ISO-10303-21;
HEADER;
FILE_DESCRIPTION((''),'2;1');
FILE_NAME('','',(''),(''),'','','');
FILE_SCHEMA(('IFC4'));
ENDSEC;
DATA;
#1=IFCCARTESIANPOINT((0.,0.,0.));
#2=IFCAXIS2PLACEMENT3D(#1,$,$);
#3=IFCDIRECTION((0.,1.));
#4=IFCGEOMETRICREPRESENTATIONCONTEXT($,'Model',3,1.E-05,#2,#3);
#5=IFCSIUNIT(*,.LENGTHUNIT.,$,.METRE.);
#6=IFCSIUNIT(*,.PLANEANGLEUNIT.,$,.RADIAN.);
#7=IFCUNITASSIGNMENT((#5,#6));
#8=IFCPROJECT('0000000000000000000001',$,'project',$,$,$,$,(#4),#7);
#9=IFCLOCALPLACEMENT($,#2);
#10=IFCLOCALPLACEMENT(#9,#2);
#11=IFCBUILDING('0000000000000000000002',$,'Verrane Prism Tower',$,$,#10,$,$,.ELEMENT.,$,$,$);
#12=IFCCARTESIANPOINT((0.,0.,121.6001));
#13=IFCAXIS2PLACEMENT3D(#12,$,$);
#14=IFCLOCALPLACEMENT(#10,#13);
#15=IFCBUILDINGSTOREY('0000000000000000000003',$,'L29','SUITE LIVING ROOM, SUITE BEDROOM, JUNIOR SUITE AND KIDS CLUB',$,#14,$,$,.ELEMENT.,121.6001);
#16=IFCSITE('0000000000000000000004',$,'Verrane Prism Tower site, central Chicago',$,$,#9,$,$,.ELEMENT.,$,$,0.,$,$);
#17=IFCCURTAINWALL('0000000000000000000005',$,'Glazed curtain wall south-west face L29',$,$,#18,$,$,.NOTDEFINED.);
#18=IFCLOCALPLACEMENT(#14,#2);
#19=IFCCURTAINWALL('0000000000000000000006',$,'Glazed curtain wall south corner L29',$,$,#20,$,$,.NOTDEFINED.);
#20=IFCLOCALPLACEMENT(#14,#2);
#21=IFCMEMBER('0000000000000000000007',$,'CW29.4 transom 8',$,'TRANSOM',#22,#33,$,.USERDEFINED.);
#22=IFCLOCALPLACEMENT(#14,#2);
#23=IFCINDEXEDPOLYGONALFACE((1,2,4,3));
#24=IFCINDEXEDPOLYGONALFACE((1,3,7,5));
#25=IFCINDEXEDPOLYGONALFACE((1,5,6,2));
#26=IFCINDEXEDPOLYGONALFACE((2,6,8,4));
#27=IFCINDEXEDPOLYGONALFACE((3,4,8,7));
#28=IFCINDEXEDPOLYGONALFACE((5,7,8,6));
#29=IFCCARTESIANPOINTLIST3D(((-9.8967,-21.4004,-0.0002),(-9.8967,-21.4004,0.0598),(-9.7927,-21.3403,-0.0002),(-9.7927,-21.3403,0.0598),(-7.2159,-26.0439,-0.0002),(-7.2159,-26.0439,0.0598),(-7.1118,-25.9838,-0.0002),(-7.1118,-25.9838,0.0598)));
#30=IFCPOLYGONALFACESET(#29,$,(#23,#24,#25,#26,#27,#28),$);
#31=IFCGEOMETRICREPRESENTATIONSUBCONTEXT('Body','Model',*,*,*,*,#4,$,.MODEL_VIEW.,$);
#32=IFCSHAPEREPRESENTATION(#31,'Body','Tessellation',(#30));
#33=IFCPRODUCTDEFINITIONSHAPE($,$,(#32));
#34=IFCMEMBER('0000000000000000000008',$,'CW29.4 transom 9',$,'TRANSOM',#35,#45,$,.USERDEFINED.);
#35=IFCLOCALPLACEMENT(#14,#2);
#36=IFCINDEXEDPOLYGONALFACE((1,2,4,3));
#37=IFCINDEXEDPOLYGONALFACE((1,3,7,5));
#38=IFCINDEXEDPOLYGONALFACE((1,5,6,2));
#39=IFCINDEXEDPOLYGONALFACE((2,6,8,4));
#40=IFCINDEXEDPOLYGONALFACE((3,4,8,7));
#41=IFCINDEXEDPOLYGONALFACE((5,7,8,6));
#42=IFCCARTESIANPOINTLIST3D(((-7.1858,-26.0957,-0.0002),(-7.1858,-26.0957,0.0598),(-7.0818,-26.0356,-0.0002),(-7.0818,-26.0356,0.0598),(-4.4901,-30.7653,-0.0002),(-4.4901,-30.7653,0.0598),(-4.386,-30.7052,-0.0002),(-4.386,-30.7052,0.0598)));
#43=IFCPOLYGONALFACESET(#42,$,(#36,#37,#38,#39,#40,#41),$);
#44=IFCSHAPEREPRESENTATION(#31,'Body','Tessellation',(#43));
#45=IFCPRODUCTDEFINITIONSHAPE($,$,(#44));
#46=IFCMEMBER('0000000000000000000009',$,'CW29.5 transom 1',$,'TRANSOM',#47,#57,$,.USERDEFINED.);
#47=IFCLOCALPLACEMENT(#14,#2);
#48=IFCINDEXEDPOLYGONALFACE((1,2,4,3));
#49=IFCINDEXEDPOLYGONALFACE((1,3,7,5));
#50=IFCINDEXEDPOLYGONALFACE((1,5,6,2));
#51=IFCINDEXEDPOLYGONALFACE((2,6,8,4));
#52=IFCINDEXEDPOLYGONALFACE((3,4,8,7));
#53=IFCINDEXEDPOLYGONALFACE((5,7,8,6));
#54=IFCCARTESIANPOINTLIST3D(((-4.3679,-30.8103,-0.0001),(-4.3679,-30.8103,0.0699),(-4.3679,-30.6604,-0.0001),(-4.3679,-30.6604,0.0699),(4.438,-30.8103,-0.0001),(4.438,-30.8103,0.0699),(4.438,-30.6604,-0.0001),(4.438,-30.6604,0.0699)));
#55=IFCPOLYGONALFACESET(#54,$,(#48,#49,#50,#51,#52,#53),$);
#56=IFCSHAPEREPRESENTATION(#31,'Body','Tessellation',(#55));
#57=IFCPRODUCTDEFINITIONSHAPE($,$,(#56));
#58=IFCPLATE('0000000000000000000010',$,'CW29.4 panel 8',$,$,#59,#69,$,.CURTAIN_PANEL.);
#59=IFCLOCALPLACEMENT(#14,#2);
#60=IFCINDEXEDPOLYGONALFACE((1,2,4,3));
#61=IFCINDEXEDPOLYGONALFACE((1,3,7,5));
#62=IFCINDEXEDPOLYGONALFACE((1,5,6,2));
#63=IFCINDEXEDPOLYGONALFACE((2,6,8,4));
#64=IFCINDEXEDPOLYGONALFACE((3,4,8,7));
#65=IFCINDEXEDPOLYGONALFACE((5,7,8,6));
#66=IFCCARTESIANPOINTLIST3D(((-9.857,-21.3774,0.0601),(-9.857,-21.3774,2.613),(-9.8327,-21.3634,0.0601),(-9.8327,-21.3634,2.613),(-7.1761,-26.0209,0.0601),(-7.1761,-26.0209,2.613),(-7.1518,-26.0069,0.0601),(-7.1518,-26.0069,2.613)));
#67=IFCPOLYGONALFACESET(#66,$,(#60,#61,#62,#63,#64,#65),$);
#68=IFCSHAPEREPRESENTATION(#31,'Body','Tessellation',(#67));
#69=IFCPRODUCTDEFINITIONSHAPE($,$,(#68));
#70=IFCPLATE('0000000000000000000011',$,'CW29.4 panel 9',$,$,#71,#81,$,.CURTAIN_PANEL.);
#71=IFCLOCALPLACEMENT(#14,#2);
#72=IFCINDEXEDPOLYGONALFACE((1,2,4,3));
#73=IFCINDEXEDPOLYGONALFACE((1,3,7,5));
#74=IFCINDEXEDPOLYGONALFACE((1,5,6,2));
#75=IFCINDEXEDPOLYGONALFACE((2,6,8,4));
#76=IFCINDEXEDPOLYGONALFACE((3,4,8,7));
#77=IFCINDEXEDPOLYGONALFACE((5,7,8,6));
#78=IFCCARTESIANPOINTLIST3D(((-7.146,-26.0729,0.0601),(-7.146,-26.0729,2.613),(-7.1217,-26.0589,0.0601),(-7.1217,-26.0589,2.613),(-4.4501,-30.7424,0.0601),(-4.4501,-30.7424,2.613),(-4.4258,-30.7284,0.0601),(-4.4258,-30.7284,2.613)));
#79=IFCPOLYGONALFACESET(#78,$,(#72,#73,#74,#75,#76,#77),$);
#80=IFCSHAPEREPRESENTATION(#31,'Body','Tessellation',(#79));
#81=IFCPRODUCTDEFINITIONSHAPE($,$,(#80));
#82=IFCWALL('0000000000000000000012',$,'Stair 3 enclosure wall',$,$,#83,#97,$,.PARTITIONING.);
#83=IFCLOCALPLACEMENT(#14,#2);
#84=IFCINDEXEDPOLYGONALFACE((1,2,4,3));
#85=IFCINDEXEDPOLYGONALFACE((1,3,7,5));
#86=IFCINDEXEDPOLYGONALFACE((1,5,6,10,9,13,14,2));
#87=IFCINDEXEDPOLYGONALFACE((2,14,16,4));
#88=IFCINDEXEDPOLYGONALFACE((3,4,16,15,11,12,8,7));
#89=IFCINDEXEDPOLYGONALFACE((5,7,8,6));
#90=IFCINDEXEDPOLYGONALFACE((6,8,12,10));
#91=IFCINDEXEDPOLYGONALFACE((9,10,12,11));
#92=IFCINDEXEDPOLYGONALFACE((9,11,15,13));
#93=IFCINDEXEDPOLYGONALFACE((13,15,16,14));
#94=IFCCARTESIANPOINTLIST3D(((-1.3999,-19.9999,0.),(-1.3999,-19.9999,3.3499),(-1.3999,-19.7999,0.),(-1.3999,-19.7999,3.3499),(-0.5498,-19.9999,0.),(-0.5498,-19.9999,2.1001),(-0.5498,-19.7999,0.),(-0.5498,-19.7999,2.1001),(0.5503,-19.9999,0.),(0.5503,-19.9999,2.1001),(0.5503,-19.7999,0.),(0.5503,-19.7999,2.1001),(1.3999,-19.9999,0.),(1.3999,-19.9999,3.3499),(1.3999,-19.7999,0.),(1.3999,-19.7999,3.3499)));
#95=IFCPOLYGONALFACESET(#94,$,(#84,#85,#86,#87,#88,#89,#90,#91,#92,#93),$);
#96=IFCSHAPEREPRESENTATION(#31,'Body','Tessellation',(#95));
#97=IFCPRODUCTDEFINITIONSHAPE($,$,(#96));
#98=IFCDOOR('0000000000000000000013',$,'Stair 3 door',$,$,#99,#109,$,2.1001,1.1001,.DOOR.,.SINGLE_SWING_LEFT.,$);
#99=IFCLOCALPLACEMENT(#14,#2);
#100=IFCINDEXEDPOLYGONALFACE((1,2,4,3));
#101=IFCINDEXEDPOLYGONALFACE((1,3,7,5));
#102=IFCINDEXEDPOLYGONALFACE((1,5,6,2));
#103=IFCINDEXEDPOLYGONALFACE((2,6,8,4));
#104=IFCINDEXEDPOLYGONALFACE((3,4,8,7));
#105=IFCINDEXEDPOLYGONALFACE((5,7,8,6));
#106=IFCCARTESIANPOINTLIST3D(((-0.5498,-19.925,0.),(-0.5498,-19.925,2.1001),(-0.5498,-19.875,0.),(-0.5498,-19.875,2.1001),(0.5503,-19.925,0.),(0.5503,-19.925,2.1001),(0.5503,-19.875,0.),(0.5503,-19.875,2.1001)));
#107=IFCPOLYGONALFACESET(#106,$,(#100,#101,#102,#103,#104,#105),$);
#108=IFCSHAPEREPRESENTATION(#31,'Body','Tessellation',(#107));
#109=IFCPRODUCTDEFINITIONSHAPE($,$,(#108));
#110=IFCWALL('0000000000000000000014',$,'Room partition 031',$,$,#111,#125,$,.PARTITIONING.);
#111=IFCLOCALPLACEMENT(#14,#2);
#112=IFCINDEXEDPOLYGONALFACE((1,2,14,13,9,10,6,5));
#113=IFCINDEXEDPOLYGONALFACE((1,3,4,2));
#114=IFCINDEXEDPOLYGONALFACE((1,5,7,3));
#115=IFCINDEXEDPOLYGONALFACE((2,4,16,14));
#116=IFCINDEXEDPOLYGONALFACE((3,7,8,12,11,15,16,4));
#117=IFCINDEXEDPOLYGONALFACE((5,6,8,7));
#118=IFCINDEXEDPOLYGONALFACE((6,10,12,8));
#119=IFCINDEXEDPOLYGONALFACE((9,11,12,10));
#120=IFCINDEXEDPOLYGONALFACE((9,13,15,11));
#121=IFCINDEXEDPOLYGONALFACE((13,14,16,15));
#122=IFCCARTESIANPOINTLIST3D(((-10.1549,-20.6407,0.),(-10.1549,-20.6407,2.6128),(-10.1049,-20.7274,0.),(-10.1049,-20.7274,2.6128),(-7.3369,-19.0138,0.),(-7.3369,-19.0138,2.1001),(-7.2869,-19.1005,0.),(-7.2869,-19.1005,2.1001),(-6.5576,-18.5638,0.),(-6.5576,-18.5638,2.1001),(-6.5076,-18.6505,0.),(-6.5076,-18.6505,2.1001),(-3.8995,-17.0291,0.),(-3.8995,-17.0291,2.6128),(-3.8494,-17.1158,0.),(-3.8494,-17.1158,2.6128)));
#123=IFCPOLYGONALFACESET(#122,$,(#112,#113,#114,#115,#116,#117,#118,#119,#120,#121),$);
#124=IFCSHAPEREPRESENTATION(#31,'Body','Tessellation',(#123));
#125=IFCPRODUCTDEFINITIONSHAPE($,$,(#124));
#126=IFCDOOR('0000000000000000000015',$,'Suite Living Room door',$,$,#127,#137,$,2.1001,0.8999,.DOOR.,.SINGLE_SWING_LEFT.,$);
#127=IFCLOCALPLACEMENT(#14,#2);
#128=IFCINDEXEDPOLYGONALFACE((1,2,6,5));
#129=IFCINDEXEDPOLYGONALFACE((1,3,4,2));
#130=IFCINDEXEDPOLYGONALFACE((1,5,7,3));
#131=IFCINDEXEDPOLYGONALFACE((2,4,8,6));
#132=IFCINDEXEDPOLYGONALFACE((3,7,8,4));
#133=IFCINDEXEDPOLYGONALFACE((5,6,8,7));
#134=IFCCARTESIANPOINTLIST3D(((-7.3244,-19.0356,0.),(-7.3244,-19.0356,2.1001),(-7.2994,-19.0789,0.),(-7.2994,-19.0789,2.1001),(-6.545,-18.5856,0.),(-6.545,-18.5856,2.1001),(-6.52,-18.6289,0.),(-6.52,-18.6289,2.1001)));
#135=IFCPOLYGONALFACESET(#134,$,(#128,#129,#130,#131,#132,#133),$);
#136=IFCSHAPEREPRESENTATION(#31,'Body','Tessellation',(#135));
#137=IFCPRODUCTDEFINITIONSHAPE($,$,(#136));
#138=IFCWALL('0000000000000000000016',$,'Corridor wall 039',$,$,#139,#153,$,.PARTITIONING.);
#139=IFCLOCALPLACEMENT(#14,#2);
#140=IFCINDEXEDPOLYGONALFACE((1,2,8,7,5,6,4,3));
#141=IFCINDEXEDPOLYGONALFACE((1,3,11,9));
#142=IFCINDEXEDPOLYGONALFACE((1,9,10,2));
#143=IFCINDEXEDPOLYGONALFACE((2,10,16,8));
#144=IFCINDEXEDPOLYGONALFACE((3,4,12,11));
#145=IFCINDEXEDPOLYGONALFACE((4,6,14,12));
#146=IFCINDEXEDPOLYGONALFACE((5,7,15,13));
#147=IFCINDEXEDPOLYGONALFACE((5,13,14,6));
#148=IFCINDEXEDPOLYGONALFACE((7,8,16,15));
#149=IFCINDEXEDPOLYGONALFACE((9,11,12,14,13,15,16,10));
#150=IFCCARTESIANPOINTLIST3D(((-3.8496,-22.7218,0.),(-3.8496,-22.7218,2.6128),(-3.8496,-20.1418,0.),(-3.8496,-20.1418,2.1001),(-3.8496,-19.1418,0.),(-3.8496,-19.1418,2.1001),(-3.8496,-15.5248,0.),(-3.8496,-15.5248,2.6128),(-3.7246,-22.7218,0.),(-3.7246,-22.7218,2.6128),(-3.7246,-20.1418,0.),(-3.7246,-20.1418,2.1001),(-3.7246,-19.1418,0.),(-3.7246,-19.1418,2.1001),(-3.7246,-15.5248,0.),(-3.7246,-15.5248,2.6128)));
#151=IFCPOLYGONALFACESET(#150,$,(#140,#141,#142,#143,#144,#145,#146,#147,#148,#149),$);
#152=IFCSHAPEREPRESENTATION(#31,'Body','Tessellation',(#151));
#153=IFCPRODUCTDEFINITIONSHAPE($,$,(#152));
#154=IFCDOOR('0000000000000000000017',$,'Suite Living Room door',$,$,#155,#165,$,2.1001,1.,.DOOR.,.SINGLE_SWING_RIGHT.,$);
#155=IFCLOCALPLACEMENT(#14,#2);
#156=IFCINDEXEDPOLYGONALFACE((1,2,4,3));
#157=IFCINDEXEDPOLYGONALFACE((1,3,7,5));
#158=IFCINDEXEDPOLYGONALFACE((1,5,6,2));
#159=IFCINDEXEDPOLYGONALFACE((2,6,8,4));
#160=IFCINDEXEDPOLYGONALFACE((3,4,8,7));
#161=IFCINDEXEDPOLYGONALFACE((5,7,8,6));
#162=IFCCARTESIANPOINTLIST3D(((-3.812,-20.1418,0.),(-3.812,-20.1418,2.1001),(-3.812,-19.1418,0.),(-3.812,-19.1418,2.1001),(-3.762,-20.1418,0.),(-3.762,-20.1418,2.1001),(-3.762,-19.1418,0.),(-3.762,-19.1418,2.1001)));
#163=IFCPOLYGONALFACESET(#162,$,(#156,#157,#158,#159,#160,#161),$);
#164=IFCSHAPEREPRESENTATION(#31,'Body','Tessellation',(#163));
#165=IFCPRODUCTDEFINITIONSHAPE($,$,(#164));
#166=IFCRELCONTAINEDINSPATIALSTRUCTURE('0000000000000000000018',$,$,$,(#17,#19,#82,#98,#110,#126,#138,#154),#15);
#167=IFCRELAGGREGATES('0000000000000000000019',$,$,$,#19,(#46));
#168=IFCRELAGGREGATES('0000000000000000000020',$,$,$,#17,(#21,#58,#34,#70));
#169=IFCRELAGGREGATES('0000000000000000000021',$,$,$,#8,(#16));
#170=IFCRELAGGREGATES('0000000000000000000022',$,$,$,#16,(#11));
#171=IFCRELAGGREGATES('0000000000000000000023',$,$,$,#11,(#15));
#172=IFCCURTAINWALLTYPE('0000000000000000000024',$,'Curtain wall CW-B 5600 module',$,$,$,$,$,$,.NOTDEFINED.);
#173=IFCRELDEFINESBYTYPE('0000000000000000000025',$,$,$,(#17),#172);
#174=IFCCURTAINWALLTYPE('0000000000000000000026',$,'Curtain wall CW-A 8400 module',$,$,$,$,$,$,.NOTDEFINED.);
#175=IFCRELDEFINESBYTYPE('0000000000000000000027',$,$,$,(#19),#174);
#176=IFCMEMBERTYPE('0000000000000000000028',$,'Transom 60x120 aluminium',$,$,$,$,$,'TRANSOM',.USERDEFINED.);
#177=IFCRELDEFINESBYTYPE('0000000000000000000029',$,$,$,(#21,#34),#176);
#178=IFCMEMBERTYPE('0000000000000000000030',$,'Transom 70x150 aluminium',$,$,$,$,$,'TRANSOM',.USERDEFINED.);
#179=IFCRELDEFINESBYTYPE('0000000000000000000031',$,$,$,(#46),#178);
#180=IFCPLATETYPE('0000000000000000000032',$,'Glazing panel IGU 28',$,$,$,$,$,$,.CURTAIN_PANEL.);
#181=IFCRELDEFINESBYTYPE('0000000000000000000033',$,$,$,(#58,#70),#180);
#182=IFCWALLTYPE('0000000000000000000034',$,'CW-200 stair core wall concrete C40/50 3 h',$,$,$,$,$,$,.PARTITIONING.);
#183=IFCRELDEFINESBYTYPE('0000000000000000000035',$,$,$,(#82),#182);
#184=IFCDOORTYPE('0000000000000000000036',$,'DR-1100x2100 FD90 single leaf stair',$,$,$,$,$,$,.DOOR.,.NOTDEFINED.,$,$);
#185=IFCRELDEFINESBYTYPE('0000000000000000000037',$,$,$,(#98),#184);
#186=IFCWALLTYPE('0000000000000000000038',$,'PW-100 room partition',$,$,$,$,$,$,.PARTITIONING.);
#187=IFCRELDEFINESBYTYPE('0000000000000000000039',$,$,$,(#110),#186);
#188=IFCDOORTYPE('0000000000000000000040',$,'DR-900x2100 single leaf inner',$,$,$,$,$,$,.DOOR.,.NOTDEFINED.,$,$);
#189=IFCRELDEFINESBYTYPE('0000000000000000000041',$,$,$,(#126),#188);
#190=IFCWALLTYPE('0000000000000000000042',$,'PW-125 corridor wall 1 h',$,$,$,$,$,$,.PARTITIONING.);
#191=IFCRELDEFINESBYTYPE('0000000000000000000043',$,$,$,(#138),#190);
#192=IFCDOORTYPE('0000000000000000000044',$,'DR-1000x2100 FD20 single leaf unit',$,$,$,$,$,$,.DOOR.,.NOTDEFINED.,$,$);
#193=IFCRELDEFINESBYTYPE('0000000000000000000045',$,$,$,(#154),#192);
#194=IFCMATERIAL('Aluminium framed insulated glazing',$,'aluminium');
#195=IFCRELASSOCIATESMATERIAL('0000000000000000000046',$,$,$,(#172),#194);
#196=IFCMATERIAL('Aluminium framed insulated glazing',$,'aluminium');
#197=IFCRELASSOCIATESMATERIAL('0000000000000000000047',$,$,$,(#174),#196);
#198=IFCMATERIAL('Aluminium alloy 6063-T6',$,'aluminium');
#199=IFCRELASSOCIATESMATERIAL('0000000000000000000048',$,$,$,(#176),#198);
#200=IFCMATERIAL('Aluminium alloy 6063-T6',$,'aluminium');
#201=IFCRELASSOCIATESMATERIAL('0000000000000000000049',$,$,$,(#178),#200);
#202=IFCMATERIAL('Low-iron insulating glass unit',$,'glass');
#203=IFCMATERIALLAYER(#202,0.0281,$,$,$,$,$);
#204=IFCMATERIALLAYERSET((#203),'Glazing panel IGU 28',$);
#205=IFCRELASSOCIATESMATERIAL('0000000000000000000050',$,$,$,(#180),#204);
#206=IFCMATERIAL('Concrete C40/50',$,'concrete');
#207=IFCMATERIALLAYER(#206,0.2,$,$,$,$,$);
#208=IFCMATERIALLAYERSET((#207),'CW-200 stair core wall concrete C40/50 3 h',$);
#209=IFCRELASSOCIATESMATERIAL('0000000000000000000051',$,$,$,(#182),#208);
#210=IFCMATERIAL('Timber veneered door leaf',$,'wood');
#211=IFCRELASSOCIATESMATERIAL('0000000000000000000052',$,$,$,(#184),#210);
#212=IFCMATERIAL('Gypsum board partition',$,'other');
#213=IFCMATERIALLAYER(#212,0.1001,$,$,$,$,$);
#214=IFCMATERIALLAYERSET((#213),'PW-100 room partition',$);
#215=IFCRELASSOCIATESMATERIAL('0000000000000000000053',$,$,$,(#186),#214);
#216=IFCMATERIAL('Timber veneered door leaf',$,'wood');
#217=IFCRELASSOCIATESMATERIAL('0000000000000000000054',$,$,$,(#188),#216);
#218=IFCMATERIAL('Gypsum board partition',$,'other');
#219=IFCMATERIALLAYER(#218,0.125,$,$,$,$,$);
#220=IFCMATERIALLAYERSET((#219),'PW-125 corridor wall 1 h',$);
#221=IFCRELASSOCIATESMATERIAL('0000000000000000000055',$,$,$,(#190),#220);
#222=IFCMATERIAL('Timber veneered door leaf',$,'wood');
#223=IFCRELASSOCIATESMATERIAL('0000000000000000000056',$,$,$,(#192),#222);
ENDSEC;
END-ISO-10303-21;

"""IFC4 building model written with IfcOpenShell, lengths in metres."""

from ifc_helpers import new_model, si_unit, direction, frame, frame_2d, origin, origin_2d, place, context, subcontext, project, spatial, rectangle, extrude, material, layer, layer_set, material_profile, profile_set, type_object, element, fill, aggregate, save


model = new_model("IFC4")

# Units and contexts
model_context = context("Model", 3, precision=1e-05, world=origin(), true_north=direction((0.0, 1.0)))
body_context = subcontext(model_context, "Body", "Model", "MODEL_VIEW")
ifc_project = project(units=[si_unit("LENGTHUNIT", "METRE"), si_unit("PLANEANGLEUNIT", "RADIAN")], contexts=[model_context])

# Site, building, storey
site_placement = place(None, origin())
site = spatial("IfcSite", under=ifc_project, at=site_placement, Name="Verrane Prism Tower site, central Chicago", CompositionType="ELEMENT", RefElevation=0.0)
building_placement = place(site_placement, origin())
building = spatial("IfcBuilding", under=site, at=building_placement, Name="Verrane Prism Tower", CompositionType="ELEMENT")
storey_placement = place(building_placement, frame((0.0, 0.0, 121.6001)))
storey = spatial("IfcBuildingStorey", under=building, at=storey_placement, Name="L29", Description="SUITE LIVING ROOM, SUITE BEDROOM, JUNIOR SUITE AND KIDS CLUB", CompositionType="ELEMENT", Elevation=121.6001)

# Curtain wall
ifc_material_1 = material(Name="Aluminium framed insulated glazing", Category="aluminium")
curtain_wall_type_1 = type_object("IfcCurtainWallType", Name="Curtain wall CW-B 5600 module", PredefinedType="NOTDEFINED", material=ifc_material_1)
curtain_wall_1_placement = place(storey_placement, origin())
curtain_wall_1 = element("IfcCurtainWall", 1, at=curtain_wall_1_placement, inside=storey, type_object=curtain_wall_type_1, Name="Glazed curtain wall south-west face L29", PredefinedType="NOTDEFINED")

# Curtain wall
ifc_material_2 = material(Name="Aluminium framed insulated glazing", Category="aluminium")
curtain_wall_type_2 = type_object("IfcCurtainWallType", Name="Curtain wall CW-A 8400 module", PredefinedType="NOTDEFINED", material=ifc_material_2)
curtain_wall_2_placement = place(storey_placement, origin())
curtain_wall_2 = element("IfcCurtainWall", 2, at=curtain_wall_2_placement, inside=storey, type_object=curtain_wall_type_2, Name="Glazed curtain wall south corner L29", PredefinedType="NOTDEFINED")

# Members
ifc_material_3 = material(Name="Aluminium alloy 6063-T6", Category="aluminium")
ifc_material_profile_1 = material_profile(ifc_material_3, rectangle(XDim=0.1201, YDim=0.0601, at=origin_2d()), Name="Transom 60x120 aluminium")
ifc_profile_set_1 = profile_set([ifc_material_profile_1], Name="Aluminium alloy 6063-T6")
member_type_1 = type_object("IfcMemberType", Name="Transom 60x120 aluminium", ElementType="TRANSOM", PredefinedType="USERDEFINED", material=ifc_profile_set_1)
member_1_placement = place(storey_placement, frame((-9.8447, -21.3704, 0.0298), z_axis=(0.499993, -0.866029, 0.0), x_axis=(0.866029, 0.499993, 0.0)))
member_1 = element("IfcMember", 3, at=member_1_placement, type_object=member_type_1, Name="CW29.4 transom 8", ObjectType="TRANSOM", PredefinedType="USERDEFINED", context=body_context, shape_type="SweptSolid", body=[
    extrude(rectangle(XDim=0.1201, YDim=0.0601, at=origin_2d()), origin(), (0.0, 0.0, 1.0), 5.3618),
])
member_2_placement = place(storey_placement, frame((-7.1338, -26.0657, 0.0298), z_axis=(0.499967, -0.866045, 0.0), x_axis=(0.866045, 0.499967, 0.0)))
member_2 = element("IfcMember", 4, at=member_2_placement, type_object=member_type_1, Name="CW29.4 transom 9", ObjectType="TRANSOM", PredefinedType="USERDEFINED", context=body_context, shape_type="SweptSolid", body=[
    extrude(rectangle(XDim=0.1201, YDim=0.0601, at=origin_2d()), origin(), (0.0, 0.0, 1.0), 5.3918),
])
ifc_material_4 = material(Name="Aluminium alloy 6063-T6", Category="aluminium")
ifc_material_profile_2 = material_profile(ifc_material_4, rectangle(XDim=0.1499, YDim=0.0701, at=origin_2d()), Name="Transom 70x150 aluminium")
ifc_profile_set_2 = profile_set([ifc_material_profile_2], Name="Aluminium alloy 6063-T6")
member_type_2 = type_object("IfcMemberType", Name="Transom 70x150 aluminium", ElementType="TRANSOM", PredefinedType="USERDEFINED", material=ifc_profile_set_2)
member_3_placement = place(storey_placement, frame((-4.3679, -30.7354, 0.0349), z_axis=(1.0, 0.0, 0.0), x_axis=(0.0, 1.0, 0.0)))
member_3 = element("IfcMember", 5, at=member_3_placement, type_object=member_type_2, Name="CW29.5 transom 1", ObjectType="TRANSOM", PredefinedType="USERDEFINED", context=body_context, shape_type="SweptSolid", body=[
    extrude(rectangle(XDim=0.1499, YDim=0.0701, at=origin_2d()), origin(), (0.0, 0.0, 1.0), 8.8059),
])
aggregate(curtain_wall_2, [member_3])

# Plates
ifc_material_5 = material(Name="Low-iron insulating glass unit", Category="glass")
ifc_layer_1 = layer(ifc_material_5, 0.0281)
ifc_layer_set_1 = layer_set([ifc_layer_1], Name="Glazing panel IGU 28")
plate_type = type_object("IfcPlateType", Name="Glazing panel IGU 28", PredefinedType="CURTAIN_PANEL", material=ifc_layer_set_1)
plate_1_placement = place(storey_placement, frame((-8.5044, -23.6921, 0.0601), z_axis=(0.0, 0.0, 1.0), x_axis=(0.5, -0.866025, 0.0)))
plate_1 = element("IfcPlate", 6, at=plate_1_placement, type_object=plate_type, Name="CW29.4 panel 8", PredefinedType="CURTAIN_PANEL", context=body_context, shape_type="SweptSolid", body=[
    extrude(rectangle(XDim=5.3618, YDim=0.0281, at=origin_2d()), origin(), (0.0, 0.0, 1.0), 2.553),
])
plate_2_placement = place(storey_placement, frame((-5.7859, -28.4006, 0.0601), z_axis=(0.0, 0.0, 1.0), x_axis=(0.5, -0.866025, 0.0)))
plate_2 = element("IfcPlate", 7, at=plate_2_placement, type_object=plate_type, Name="CW29.4 panel 9", PredefinedType="CURTAIN_PANEL", context=body_context, shape_type="SweptSolid", body=[
    extrude(rectangle(XDim=5.3918, YDim=0.0281, at=origin_2d()), origin(), (0.0, 0.0, 1.0), 2.553),
])
aggregate(curtain_wall_1, [member_1, plate_1, member_2, plate_2])

# Walls, openings, doors
ifc_material_6 = material(Name="Concrete C40/50", Category="concrete")
ifc_layer_2 = layer(ifc_material_6, 0.2)
ifc_layer_set_2 = layer_set([ifc_layer_2], Name="CW-200 stair core wall concrete C40/50 3 h")
wall_type_1 = type_object("IfcWallType", Name="CW-200 stair core wall concrete C40/50 3 h", PredefinedType="PARTITIONING", material=ifc_layer_set_2)
wall_1_placement = place(storey_placement, frame((-1.3999, -19.8999, 0.0), z_axis=(0.0, 0.0, 1.0), x_axis=(1.0, 0.0, 0.0)))
wall_1 = element("IfcWall", 8, at=wall_1_placement, inside=storey, type_object=wall_type_1, Name="Stair 3 enclosure wall", PredefinedType="PARTITIONING", context=body_context, shape_type="SweptSolid", body=[
    extrude(rectangle(XDim=2.7998, YDim=0.2, at=frame_2d((1.3999, 0.0))), origin(), (0.0, 0.0, 1.0), 3.3499),
])
opening_1_placement = place(wall_1_placement, frame((0.8501, 0.0, 0.0)))
opening_1 = element("IfcOpeningElement", 9, at=opening_1_placement, cuts=wall_1, PredefinedType="OPENING", context=body_context, shape_type="SweptSolid", body=[
    extrude(rectangle(XDim=1.1001, YDim=2.1001, at=frame_2d((0.55, 1.05))), frame((0.0, 0.1099, 0.0), z_axis=(0.0, -1.0, 0.0), x_axis=(1.0, 0.0, 0.0)), (0.0, 0.0, 1.0), 0.22),
])
ifc_material_7 = material(Name="Timber veneered door leaf", Category="wood")
door_type_1 = type_object("IfcDoorType", Name="DR-1100x2100 FD90 single leaf stair", OperationType="NOTDEFINED", PredefinedType="DOOR", material=ifc_material_7)
door_1_placement = place(opening_1_placement, origin())
door_1 = element("IfcDoor", 10, at=door_1_placement, inside=storey, type_object=door_type_1, Name="Stair 3 door", OperationType="SINGLE_SWING_LEFT", OverallHeight=2.1001, OverallWidth=1.1001, PredefinedType="DOOR", context=body_context, shape_type="SweptSolid", body=[
    extrude(rectangle(XDim=1.1001, YDim=2.1001, at=frame_2d((0.55, 1.05))), frame((0.0, 0.0249, 0.0), z_axis=(0.0, -1.0, 0.0), x_axis=(1.0, 0.0, 0.0)), (0.0, 0.0, 1.0), 0.05),
])
fill(opening_1, door_1)
ifc_material_8 = material(Name="Gypsum board partition", Category="other")
ifc_layer_3 = layer(ifc_material_8, 0.1001)
ifc_layer_set_3 = layer_set([ifc_layer_3], Name="PW-100 room partition")
wall_type_2 = type_object("IfcWallType", Name="PW-100 room partition", PredefinedType="PARTITIONING", material=ifc_layer_set_3)
wall_2_placement = place(storey_placement, frame((-10.1299, -20.6841, 0.0), z_axis=(0.0, 0.0, 1.0), x_axis=(0.866023, 0.500003, 0.0)))
wall_2 = element("IfcWall", 11, at=wall_2_placement, inside=storey, type_object=wall_type_2, Name="Room partition 031", PredefinedType="PARTITIONING", context=body_context, shape_type="SweptSolid", body=[
    extrude(rectangle(XDim=7.2231, YDim=0.1001, at=frame_2d((3.6116, 0.0))), origin(), (0.0, 0.0, 1.0), 2.6128),
])
opening_2_placement = place(wall_2_placement, frame((3.2539, 0.0, 0.0)))
opening_2 = element("IfcOpeningElement", 12, at=opening_2_placement, cuts=wall_2, PredefinedType="OPENING", context=body_context, shape_type="SweptSolid", body=[
    extrude(rectangle(XDim=0.8999, YDim=2.1001, at=frame_2d((0.45, 1.05))), frame((0.0, 0.0601, 0.0), z_axis=(0.0, -1.0, 0.0), x_axis=(1.0, 0.0, 0.0)), (0.0, 0.0, 1.0), 0.1201),
])
ifc_material_9 = material(Name="Timber veneered door leaf", Category="wood")
door_type_2 = type_object("IfcDoorType", Name="DR-900x2100 single leaf inner", OperationType="NOTDEFINED", PredefinedType="DOOR", material=ifc_material_9)
door_2_placement = place(opening_2_placement, origin())
door_2 = element("IfcDoor", 13, at=door_2_placement, inside=storey, type_object=door_type_2, Name="Suite Living Room door", OperationType="SINGLE_SWING_LEFT", OverallHeight=2.1001, OverallWidth=0.8999, PredefinedType="DOOR", context=body_context, shape_type="SweptSolid", body=[
    extrude(rectangle(XDim=0.8999, YDim=2.1001, at=frame_2d((0.45, 1.05))), frame((0.0, 0.0249, 0.0), z_axis=(0.0, -1.0, 0.0), x_axis=(1.0, 0.0, 0.0)), (0.0, 0.0, 1.0), 0.05),
])
fill(opening_2, door_2)
ifc_material_10 = material(Name="Gypsum board partition", Category="other")
ifc_layer_4 = layer(ifc_material_10, 0.125)
ifc_layer_set_4 = layer_set([ifc_layer_4], Name="PW-125 corridor wall 1 h")
wall_type_3 = type_object("IfcWallType", Name="PW-125 corridor wall 1 h", PredefinedType="PARTITIONING", material=ifc_layer_set_4)
wall_3_placement = place(storey_placement, frame((-3.7871, -22.7219, 0.0), z_axis=(0.0, 0.0, 1.0), x_axis=(0.0, 1.0, 0.0)))
wall_3 = element("IfcWall", 14, at=wall_3_placement, inside=storey, type_object=wall_type_3, Name="Corridor wall 039", PredefinedType="PARTITIONING", context=body_context, shape_type="SweptSolid", body=[
    extrude(rectangle(XDim=7.197, YDim=0.125, at=frame_2d((3.5986, 0.0))), origin(), (0.0, 0.0, 1.0), 2.6128),
])
opening_3_placement = place(wall_3_placement, frame((2.5801, 0.0, 0.0)))
opening_3 = element("IfcOpeningElement", 15, at=opening_3_placement, cuts=wall_3, PredefinedType="OPENING", context=body_context, shape_type="SweptSolid", body=[
    extrude(rectangle(XDim=1.0, YDim=2.1001, at=frame_2d((0.5, 1.05))), frame((0.0, 0.0725, 0.0), z_axis=(0.0, -1.0, 0.0), x_axis=(1.0, 0.0, 0.0)), (0.0, 0.0, 1.0), 0.145),
])
ifc_material_11 = material(Name="Timber veneered door leaf", Category="wood")
door_type_3 = type_object("IfcDoorType", Name="DR-1000x2100 FD20 single leaf unit", OperationType="NOTDEFINED", PredefinedType="DOOR", material=ifc_material_11)
door_3_placement = place(opening_3_placement, origin())
door_3 = element("IfcDoor", 16, at=door_3_placement, inside=storey, type_object=door_type_3, Name="Suite Living Room door", OperationType="SINGLE_SWING_RIGHT", OverallHeight=2.1001, OverallWidth=1.0, PredefinedType="DOOR", context=body_context, shape_type="SweptSolid", body=[
    extrude(rectangle(XDim=1.0, YDim=2.1001, at=frame_2d((0.5, 1.05))), frame((0.0, 0.0249, 0.0), z_axis=(0.0, -1.0, 0.0), x_axis=(1.0, 0.0, 0.0)), (0.0, 0.0, 1.0), 0.05),
])
fill(opening_3, door_3)

save(model, "model.ifc")
